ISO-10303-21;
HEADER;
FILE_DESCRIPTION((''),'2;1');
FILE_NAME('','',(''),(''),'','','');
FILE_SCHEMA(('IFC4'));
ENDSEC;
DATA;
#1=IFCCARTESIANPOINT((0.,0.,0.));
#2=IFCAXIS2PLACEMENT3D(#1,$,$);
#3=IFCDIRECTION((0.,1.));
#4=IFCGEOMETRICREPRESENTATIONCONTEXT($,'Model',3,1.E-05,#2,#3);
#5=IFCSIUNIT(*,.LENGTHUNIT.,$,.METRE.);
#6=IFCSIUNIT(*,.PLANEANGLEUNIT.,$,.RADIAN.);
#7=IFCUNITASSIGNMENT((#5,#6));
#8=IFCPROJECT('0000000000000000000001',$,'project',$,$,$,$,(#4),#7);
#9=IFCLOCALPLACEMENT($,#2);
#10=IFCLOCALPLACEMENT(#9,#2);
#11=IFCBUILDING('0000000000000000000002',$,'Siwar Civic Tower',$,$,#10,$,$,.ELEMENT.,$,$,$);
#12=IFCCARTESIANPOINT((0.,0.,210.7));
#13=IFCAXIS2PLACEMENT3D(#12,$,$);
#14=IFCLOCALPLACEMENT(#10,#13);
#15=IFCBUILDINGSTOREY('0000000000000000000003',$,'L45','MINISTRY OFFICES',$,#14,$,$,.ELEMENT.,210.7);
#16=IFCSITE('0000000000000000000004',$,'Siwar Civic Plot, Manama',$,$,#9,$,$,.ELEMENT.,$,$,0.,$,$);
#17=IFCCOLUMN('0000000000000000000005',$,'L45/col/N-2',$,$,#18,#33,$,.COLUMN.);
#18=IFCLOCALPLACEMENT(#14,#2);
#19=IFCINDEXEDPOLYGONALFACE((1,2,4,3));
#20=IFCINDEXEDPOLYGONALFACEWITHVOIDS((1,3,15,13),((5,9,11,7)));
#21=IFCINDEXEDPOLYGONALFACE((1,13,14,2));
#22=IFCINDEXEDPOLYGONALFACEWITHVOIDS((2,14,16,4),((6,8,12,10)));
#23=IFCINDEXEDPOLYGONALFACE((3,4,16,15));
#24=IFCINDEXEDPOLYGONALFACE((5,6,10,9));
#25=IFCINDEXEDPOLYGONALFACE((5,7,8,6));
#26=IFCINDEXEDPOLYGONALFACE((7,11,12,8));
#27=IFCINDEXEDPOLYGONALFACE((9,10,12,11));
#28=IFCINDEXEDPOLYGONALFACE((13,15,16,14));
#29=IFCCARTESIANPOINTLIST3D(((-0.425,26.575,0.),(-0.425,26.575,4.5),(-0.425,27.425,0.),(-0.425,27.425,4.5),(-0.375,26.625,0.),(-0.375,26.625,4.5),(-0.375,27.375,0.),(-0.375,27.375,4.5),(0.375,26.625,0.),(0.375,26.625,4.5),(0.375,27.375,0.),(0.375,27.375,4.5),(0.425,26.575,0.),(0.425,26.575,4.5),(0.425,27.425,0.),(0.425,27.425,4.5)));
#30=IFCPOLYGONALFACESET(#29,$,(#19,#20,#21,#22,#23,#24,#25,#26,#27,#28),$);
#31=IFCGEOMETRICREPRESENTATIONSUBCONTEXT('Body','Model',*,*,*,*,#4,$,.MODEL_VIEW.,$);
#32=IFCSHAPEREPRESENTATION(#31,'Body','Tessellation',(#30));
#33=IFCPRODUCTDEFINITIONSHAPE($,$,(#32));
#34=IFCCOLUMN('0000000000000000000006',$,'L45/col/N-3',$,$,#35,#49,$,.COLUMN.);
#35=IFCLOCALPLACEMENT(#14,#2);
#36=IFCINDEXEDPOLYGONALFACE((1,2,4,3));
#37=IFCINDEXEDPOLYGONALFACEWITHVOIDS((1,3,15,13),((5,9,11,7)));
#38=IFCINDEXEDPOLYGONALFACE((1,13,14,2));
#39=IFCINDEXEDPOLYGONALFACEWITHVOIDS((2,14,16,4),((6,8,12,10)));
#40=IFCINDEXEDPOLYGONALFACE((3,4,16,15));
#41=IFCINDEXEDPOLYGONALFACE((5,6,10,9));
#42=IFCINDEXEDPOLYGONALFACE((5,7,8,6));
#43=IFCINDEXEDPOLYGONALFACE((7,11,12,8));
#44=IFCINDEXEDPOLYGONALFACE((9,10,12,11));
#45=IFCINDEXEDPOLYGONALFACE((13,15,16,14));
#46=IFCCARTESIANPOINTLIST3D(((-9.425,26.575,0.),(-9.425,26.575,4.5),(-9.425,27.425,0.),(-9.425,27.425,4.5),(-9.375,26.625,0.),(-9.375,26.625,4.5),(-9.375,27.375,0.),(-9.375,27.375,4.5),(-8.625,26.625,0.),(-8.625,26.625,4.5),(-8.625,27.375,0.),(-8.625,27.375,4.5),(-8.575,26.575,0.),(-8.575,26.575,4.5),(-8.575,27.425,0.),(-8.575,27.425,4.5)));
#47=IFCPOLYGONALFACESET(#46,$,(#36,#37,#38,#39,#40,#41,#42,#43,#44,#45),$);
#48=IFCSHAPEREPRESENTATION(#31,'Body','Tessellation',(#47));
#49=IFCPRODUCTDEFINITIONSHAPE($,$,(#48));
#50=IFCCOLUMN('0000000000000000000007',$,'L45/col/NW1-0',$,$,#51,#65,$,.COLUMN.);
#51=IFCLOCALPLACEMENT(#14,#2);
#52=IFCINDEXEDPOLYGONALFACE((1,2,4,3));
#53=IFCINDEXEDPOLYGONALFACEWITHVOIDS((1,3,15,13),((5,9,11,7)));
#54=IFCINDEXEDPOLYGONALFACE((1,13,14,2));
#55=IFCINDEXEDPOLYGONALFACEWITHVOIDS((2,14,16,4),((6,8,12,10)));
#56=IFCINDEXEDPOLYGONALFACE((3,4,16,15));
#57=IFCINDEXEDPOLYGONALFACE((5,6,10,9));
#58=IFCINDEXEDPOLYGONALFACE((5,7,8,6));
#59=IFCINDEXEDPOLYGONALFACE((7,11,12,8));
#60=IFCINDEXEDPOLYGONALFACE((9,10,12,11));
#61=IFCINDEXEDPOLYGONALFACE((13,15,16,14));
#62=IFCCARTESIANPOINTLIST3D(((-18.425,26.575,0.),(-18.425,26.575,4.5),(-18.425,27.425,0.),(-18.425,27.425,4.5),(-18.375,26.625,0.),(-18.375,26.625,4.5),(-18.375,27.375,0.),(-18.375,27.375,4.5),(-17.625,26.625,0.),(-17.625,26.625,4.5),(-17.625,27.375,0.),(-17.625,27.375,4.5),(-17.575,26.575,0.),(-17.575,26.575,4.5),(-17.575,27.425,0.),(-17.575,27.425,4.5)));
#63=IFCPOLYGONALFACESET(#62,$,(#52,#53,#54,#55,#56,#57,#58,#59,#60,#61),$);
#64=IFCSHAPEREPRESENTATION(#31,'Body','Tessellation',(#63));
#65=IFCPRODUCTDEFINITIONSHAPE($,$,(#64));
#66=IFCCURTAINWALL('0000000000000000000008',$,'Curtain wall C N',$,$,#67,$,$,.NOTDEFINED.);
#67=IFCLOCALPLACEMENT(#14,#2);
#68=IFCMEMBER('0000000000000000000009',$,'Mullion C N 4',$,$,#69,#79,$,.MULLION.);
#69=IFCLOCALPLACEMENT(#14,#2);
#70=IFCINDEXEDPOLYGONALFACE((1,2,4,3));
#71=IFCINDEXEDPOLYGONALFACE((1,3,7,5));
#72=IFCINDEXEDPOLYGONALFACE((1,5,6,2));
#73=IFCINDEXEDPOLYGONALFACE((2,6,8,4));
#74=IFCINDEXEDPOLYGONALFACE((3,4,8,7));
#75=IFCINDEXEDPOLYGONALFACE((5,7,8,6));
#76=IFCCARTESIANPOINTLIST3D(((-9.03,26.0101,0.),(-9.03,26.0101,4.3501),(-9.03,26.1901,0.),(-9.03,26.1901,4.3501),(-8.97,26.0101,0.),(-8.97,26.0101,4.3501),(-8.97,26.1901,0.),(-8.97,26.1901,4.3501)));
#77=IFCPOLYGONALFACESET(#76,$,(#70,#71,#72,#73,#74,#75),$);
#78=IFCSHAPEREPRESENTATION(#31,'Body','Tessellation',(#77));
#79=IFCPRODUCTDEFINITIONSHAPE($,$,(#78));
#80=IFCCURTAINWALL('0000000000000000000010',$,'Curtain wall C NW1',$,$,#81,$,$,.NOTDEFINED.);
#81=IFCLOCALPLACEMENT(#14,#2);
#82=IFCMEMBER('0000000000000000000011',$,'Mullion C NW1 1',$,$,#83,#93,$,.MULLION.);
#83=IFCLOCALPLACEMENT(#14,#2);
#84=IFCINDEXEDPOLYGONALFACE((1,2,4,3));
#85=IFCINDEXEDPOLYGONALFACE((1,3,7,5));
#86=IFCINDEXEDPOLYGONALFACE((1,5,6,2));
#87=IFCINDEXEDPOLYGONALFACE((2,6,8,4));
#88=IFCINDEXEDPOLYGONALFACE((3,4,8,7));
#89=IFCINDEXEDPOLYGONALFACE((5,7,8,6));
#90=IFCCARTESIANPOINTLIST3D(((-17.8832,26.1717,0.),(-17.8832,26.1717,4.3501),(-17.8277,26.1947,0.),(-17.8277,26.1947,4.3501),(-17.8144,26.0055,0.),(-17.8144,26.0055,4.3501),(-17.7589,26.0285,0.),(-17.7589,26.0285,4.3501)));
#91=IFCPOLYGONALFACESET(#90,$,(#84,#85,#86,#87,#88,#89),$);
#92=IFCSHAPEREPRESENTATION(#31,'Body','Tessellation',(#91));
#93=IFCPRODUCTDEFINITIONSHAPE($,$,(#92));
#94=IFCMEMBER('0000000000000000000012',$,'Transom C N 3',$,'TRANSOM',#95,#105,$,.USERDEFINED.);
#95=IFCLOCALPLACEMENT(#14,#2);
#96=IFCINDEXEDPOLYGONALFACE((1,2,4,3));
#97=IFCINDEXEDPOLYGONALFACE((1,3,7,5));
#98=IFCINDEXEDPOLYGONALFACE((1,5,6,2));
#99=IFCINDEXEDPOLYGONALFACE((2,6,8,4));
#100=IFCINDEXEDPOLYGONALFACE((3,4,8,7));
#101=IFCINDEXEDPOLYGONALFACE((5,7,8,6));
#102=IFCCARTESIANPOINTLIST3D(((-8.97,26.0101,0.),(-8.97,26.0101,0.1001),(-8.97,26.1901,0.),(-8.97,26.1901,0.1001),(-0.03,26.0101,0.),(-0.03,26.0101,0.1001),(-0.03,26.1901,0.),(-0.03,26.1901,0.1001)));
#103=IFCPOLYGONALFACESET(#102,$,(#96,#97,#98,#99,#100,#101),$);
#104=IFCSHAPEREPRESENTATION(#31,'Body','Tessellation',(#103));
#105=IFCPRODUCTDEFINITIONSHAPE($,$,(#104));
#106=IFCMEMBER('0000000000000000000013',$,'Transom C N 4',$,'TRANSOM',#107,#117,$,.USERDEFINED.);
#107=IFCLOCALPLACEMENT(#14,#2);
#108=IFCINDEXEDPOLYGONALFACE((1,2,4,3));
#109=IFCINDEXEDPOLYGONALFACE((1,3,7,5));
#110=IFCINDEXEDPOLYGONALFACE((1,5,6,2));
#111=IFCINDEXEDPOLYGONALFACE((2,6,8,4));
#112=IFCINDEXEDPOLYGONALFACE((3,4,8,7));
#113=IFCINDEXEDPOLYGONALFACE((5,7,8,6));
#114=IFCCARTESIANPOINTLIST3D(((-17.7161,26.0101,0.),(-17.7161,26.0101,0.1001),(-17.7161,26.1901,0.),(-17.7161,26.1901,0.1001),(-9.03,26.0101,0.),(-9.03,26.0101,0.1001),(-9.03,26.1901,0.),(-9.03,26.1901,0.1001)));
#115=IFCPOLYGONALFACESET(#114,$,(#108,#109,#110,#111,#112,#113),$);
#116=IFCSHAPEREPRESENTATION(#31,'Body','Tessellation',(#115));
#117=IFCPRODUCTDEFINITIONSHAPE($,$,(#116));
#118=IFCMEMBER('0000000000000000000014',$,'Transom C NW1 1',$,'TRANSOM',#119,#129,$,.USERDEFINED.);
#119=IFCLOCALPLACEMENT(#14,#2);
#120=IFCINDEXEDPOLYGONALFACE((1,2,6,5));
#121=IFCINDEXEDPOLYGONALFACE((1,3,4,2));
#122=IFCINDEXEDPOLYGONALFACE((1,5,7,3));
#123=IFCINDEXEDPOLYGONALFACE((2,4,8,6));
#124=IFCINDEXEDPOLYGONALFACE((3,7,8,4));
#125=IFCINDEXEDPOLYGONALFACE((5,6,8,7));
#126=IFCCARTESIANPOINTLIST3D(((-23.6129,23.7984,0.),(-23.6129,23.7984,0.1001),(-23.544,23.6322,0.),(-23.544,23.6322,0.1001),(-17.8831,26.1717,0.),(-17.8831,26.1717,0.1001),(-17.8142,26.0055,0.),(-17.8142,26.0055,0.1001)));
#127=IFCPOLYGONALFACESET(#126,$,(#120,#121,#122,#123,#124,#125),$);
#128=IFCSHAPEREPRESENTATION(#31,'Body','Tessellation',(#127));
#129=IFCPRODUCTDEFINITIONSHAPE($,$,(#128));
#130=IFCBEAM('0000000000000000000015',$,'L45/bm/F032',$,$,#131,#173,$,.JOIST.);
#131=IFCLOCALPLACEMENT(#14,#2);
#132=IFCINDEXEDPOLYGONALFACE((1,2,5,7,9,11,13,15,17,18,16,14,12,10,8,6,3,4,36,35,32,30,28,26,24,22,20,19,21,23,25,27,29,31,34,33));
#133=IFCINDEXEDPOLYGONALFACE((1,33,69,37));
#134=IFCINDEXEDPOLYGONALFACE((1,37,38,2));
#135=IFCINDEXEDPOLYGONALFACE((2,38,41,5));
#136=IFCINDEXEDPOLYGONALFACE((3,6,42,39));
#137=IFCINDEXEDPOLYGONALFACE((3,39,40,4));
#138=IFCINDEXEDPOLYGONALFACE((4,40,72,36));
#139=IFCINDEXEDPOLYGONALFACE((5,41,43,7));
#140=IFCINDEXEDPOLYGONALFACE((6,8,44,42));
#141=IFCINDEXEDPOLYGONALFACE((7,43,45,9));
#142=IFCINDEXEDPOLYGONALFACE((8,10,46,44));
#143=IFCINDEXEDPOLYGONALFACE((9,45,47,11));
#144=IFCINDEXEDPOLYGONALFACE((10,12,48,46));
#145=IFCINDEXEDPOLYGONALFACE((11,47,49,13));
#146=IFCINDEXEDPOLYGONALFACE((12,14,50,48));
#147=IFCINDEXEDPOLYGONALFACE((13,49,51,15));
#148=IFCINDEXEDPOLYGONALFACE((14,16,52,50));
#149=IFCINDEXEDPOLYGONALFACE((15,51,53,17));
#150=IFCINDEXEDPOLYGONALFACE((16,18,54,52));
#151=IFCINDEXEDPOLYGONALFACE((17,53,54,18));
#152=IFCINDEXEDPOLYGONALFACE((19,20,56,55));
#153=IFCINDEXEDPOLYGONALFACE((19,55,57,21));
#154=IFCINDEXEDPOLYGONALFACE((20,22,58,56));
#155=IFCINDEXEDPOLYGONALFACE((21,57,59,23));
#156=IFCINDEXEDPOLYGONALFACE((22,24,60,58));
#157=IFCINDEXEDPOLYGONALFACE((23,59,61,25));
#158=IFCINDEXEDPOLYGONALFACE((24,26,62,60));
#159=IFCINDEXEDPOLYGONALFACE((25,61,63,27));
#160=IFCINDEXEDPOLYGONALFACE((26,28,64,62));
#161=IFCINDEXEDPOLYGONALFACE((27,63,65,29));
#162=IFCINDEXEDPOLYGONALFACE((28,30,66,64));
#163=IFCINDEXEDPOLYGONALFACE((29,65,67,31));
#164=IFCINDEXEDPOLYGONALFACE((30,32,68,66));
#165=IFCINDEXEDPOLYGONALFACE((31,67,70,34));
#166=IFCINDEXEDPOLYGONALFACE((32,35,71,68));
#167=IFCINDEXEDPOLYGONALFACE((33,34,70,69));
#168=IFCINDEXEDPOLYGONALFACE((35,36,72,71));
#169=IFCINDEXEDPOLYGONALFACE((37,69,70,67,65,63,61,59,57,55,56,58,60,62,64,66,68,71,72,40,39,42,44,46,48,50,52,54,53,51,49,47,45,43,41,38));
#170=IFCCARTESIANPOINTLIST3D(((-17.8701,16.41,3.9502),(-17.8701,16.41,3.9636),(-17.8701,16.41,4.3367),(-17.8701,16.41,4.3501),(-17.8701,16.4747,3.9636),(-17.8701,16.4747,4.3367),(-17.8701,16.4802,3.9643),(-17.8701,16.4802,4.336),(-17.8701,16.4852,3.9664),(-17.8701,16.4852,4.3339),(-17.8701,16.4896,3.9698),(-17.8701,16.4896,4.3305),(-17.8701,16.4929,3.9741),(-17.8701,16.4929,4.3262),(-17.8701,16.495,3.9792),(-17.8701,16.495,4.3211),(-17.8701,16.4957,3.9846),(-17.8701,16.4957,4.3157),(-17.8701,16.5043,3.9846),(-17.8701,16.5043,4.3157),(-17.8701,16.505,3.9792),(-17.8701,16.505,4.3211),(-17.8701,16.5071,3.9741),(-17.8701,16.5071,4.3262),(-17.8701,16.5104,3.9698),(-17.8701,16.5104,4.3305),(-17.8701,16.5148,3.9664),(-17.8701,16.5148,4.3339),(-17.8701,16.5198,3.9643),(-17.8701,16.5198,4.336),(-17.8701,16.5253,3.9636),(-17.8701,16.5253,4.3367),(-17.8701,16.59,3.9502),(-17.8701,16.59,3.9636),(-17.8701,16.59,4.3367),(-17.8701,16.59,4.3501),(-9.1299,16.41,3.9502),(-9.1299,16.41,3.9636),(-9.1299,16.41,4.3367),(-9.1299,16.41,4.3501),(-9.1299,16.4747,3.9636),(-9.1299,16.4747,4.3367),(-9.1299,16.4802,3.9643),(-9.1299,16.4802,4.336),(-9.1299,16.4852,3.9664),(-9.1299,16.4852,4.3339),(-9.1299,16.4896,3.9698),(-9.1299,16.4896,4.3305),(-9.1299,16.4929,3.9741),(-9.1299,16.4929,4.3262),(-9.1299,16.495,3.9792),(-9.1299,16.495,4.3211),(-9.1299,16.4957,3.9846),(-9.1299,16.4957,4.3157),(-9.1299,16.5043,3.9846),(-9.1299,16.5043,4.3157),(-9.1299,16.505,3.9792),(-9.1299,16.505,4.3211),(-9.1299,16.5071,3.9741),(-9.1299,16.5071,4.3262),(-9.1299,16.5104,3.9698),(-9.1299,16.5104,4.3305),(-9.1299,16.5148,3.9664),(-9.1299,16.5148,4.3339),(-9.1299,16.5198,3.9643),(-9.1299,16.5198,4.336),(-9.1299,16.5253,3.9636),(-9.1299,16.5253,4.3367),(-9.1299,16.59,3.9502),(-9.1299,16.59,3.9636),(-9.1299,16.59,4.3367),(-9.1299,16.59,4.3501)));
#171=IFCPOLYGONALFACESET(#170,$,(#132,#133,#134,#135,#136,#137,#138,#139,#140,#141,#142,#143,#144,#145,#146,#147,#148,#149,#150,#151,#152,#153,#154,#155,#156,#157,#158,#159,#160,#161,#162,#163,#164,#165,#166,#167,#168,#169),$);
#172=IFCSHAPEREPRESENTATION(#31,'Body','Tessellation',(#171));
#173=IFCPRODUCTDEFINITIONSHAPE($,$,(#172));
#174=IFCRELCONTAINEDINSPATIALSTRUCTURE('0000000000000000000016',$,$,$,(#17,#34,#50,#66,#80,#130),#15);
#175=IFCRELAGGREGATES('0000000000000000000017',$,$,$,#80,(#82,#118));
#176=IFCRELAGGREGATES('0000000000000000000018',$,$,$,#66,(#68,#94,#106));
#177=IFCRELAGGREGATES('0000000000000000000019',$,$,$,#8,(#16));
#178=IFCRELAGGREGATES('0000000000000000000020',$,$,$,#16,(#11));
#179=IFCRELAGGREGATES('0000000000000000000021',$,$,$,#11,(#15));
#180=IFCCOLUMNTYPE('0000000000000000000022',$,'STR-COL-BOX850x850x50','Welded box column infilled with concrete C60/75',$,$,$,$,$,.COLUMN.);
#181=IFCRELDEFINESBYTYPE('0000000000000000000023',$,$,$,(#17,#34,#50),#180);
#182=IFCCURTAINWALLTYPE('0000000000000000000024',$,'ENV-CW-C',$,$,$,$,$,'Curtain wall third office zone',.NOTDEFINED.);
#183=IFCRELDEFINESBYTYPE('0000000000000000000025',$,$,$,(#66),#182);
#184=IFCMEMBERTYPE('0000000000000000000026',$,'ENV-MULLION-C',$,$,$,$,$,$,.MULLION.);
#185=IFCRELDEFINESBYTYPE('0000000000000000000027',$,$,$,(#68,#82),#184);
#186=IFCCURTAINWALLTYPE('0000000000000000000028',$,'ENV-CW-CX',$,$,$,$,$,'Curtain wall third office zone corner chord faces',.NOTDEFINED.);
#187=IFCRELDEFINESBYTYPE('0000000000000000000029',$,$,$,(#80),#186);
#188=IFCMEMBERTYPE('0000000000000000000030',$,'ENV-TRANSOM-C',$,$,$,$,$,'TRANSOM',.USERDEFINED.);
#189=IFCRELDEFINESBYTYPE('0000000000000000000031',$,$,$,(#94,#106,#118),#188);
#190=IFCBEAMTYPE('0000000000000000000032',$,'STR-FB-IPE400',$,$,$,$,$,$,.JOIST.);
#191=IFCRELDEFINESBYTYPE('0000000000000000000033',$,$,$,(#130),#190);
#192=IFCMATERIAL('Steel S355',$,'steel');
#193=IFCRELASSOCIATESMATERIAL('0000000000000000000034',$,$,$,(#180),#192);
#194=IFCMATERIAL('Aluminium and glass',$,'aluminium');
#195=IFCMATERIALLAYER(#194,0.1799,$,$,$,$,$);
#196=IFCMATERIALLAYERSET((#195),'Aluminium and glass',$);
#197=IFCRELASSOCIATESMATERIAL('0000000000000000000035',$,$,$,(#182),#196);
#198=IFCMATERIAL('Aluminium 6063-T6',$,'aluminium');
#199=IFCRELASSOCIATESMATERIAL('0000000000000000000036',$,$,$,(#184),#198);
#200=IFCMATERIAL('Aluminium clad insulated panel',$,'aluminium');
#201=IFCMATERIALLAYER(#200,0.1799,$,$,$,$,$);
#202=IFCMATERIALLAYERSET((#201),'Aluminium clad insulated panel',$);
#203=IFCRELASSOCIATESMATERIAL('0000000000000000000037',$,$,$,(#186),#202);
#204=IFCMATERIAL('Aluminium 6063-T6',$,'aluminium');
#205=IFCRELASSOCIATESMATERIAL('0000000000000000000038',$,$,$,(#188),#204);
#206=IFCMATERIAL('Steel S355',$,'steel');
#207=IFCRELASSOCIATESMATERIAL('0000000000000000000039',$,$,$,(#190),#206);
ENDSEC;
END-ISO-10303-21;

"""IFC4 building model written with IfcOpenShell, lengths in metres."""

from ifc_helpers import new_model, si_unit, direction, frame, origin, origin_2d, place, context, subcontext, project, spatial, rectangle, hollow_rectangle, i_section, extrude, material, layer, layer_set, material_profile, profile_set, type_object, element, aggregate, save


model = new_model("IFC4")

# Units and contexts
model_context = context("Model", 3, precision=1e-05, world=origin(), true_north=direction((0.0, 1.0)))
body_context = subcontext(model_context, "Body", "Model", "MODEL_VIEW")
ifc_project = project(units=[si_unit("LENGTHUNIT", "METRE"), si_unit("PLANEANGLEUNIT", "RADIAN")], contexts=[model_context])

# Site, building, storey
site_placement = place(None, origin())
site = spatial("IfcSite", under=ifc_project, at=site_placement, Name="Siwar Civic Plot, Manama", CompositionType="ELEMENT", RefElevation=0.0)
building_placement = place(site_placement, origin())
building = spatial("IfcBuilding", under=site, at=building_placement, Name="Siwar Civic Tower", CompositionType="ELEMENT")
storey_placement = place(building_placement, frame((0.0, 0.0, 210.7)))
storey = spatial("IfcBuildingStorey", under=building, at=storey_placement, Name="L45", Description="MINISTRY OFFICES", CompositionType="ELEMENT", Elevation=210.7)

# Columns
ifc_material_1 = material(Name="Steel S355", Category="steel")
ifc_material_profile_1 = material_profile(ifc_material_1, hollow_rectangle(XDim=0.8501, YDim=0.8501, WallThickness=0.05, at=origin_2d()), Name="BOX850x850x50")
ifc_profile_set_1 = profile_set([ifc_material_profile_1], Name="Steel S355")
column_type = type_object("IfcColumnType", Name="STR-COL-BOX850x850x50", Description="Welded box column infilled with concrete C60/75", PredefinedType="COLUMN", material=ifc_profile_set_1)
for number, where, z_axis, x_axis, name in (
    (1, (0.0, 27.0, 0.0), (0.0, 0.0, 1.0), (1.0, 0.0, 0.0), "L45/col/N-2"),
    (2, (-9.0, 27.0, 0.0), (0.0, 0.0, 1.0), (1.0, 0.0, 0.0), "L45/col/N-3"),
    (3, (-18.0, 27.0, 0.0), (0.0, 0.0, 1.0), (1.0, 0.0, 0.0), "L45/col/NW1-0"),
):
    element("IfcColumn", number, at=place(storey_placement, frame(where, z_axis=z_axis, x_axis=x_axis)), inside=storey, type_object=column_type, Name=name, PredefinedType="COLUMN", context=body_context, shape_type="SweptSolid", body=[
        extrude(hollow_rectangle(XDim=0.8501, YDim=0.8501, WallThickness=0.05, at=origin_2d()), origin(), (0.0, 0.0, 1.0), 4.5),
    ])

# Curtain walls, members
ifc_material_2 = material(Name="Aluminium and glass", Category="aluminium")
ifc_layer_1 = layer(ifc_material_2, 0.1799)
ifc_layer_set_1 = layer_set([ifc_layer_1], Name="Aluminium and glass")
curtain_wall_type_1 = type_object("IfcCurtainWallType", Name="ENV-CW-C", ElementType="Curtain wall third office zone", PredefinedType="NOTDEFINED", material=ifc_layer_set_1)
curtain_wall_1_placement = place(storey_placement, origin())
curtain_wall_1 = element("IfcCurtainWall", 4, at=curtain_wall_1_placement, inside=storey, type_object=curtain_wall_type_1, Name="Curtain wall C N", PredefinedType="NOTDEFINED")
ifc_material_3 = material(Name="Aluminium 6063-T6", Category="aluminium")
ifc_material_profile_2 = material_profile(ifc_material_3, rectangle(XDim=0.1799, YDim=0.0601, at=origin_2d()), Name="AL 180x60")
ifc_profile_set_2 = profile_set([ifc_material_profile_2], Name="Aluminium 6063-T6")
member_type_1 = type_object("IfcMemberType", Name="ENV-MULLION-C", PredefinedType="MULLION", material=ifc_profile_set_2)
member_1_placement = place(storey_placement, frame((-9.0, 26.1001, 0.0), z_axis=(0.0, 0.0, 1.0), x_axis=(0.0, -1.0, 0.0)))
member_1 = element("IfcMember", 5, at=member_1_placement, type_object=member_type_1, Name="Mullion C N 4", PredefinedType="MULLION", context=body_context, shape_type="SweptSolid", body=[
    extrude(rectangle(XDim=0.1799, YDim=0.0601, at=origin_2d()), origin(), (0.0, 0.0, 1.0), 4.3501),
])
ifc_material_4 = material(Name="Aluminium clad insulated panel", Category="aluminium")
ifc_layer_2 = layer(ifc_material_4, 0.1799)
ifc_layer_set_2 = layer_set([ifc_layer_2], Name="Aluminium clad insulated panel")
curtain_wall_type_2 = type_object("IfcCurtainWallType", Name="ENV-CW-CX", ElementType="Curtain wall third office zone corner chord faces", PredefinedType="NOTDEFINED", material=ifc_layer_set_2)
curtain_wall_2_placement = place(storey_placement, origin())
curtain_wall_2 = element("IfcCurtainWall", 6, at=curtain_wall_2_placement, inside=storey, type_object=curtain_wall_type_2, Name="Curtain wall C NW1", PredefinedType="NOTDEFINED")
member_2_placement = place(storey_placement, frame((-17.821, 26.1001, 0.0), z_axis=(0.0, 0.0, 1.0), x_axis=(0.382683, -0.92388, 0.0)))
member_2 = element("IfcMember", 7, at=member_2_placement, type_object=member_type_1, Name="Mullion C NW1 1", PredefinedType="MULLION", context=body_context, shape_type="SweptSolid", body=[
    extrude(rectangle(XDim=0.1799, YDim=0.0601, at=origin_2d()), origin(), (0.0, 0.0, 1.0), 4.3501),
])

# Members
ifc_material_5 = material(Name="Aluminium 6063-T6", Category="aluminium")
ifc_material_profile_3 = material_profile(ifc_material_5, rectangle(XDim=0.1799, YDim=0.1001, at=origin_2d()), Name="AL 180x100")
ifc_profile_set_3 = profile_set([ifc_material_profile_3], Name="Aluminium 6063-T6")
member_type_2 = type_object("IfcMemberType", Name="ENV-TRANSOM-C", ElementType="TRANSOM", PredefinedType="USERDEFINED", material=ifc_profile_set_3)
member_3_placement = place(storey_placement, frame((-0.03, 26.1001, 0.05), z_axis=(-1.0, 0.0, 0.0), x_axis=(0.0, -1.0, 0.0)))
member_3 = element("IfcMember", 8, at=member_3_placement, type_object=member_type_2, Name="Transom C N 3", ObjectType="TRANSOM", PredefinedType="USERDEFINED", context=body_context, shape_type="SweptSolid", body=[
    extrude(rectangle(XDim=0.1799, YDim=0.1001, at=origin_2d()), origin(), (0.0, 0.0, 1.0), 8.9399),
])
member_4_placement = place(storey_placement, frame((-9.03, 26.1001, 0.05), z_axis=(-1.0, 0.0, 0.0), x_axis=(0.0, -1.0, 0.0)))
member_4 = element("IfcMember", 9, at=member_4_placement, type_object=member_type_2, Name="Transom C N 4", ObjectType="TRANSOM", PredefinedType="USERDEFINED", context=body_context, shape_type="SweptSolid", body=[
    extrude(rectangle(XDim=0.1799, YDim=0.1001, at=origin_2d()), origin(), (0.0, 0.0, 1.0), 8.686),
])
member_5_placement = place(storey_placement, frame((-17.8486, 26.0886, 0.05), z_axis=(-0.923882, -0.382677, 0.0), x_axis=(0.382677, -0.923882, 0.0)))
member_5 = element("IfcMember", 10, at=member_5_placement, type_object=member_type_2, Name="Transom C NW1 1", ObjectType="TRANSOM", PredefinedType="USERDEFINED", context=body_context, shape_type="SweptSolid", body=[
    extrude(rectangle(XDim=0.1799, YDim=0.1001, at=origin_2d()), origin(), (0.0, 0.0, 1.0), 6.2019),
])
aggregate(curtain_wall_2, [member_2, member_5])

# Beam
ifc_material_6 = material(Name="Steel S355", Category="steel")
ifc_material_profile_4 = material_profile(ifc_material_6, i_section(OverallWidth=0.1799, OverallDepth=0.3999, WebThickness=0.0085, FlangeThickness=0.0134, FilletRadius=0.021, at=origin_2d()), Name="IPE400")
ifc_profile_set_4 = profile_set([ifc_material_profile_4], Name="Steel S355")
beam_type_1 = type_object("IfcBeamType", Name="STR-FB-IPE400", PredefinedType="JOIST", material=ifc_profile_set_4)
for number, where, z_axis, x_axis, name in (
    (11, (-17.8701, 16.5, 4.1501), (1.0, 0.0, 0.0), (0.0, 1.0, 0.0), "L45/bm/F032"),
):
    element("IfcBeam", number, at=place(storey_placement, frame(where, z_axis=z_axis, x_axis=x_axis)), inside=storey, type_object=beam_type_1, Name=name, PredefinedType="JOIST", context=body_context, shape_type="SweptSolid", body=[
        extrude(i_section(OverallWidth=0.1799, OverallDepth=0.3999, WebThickness=0.0085, FlangeThickness=0.0134, FilletRadius=0.021, at=origin_2d()), origin(), (0.0, 0.0, 1.0), 8.7402),
    ])

aggregate(curtain_wall_1, [member_1, member_3, member_4])

save(model, "model.ifc")
